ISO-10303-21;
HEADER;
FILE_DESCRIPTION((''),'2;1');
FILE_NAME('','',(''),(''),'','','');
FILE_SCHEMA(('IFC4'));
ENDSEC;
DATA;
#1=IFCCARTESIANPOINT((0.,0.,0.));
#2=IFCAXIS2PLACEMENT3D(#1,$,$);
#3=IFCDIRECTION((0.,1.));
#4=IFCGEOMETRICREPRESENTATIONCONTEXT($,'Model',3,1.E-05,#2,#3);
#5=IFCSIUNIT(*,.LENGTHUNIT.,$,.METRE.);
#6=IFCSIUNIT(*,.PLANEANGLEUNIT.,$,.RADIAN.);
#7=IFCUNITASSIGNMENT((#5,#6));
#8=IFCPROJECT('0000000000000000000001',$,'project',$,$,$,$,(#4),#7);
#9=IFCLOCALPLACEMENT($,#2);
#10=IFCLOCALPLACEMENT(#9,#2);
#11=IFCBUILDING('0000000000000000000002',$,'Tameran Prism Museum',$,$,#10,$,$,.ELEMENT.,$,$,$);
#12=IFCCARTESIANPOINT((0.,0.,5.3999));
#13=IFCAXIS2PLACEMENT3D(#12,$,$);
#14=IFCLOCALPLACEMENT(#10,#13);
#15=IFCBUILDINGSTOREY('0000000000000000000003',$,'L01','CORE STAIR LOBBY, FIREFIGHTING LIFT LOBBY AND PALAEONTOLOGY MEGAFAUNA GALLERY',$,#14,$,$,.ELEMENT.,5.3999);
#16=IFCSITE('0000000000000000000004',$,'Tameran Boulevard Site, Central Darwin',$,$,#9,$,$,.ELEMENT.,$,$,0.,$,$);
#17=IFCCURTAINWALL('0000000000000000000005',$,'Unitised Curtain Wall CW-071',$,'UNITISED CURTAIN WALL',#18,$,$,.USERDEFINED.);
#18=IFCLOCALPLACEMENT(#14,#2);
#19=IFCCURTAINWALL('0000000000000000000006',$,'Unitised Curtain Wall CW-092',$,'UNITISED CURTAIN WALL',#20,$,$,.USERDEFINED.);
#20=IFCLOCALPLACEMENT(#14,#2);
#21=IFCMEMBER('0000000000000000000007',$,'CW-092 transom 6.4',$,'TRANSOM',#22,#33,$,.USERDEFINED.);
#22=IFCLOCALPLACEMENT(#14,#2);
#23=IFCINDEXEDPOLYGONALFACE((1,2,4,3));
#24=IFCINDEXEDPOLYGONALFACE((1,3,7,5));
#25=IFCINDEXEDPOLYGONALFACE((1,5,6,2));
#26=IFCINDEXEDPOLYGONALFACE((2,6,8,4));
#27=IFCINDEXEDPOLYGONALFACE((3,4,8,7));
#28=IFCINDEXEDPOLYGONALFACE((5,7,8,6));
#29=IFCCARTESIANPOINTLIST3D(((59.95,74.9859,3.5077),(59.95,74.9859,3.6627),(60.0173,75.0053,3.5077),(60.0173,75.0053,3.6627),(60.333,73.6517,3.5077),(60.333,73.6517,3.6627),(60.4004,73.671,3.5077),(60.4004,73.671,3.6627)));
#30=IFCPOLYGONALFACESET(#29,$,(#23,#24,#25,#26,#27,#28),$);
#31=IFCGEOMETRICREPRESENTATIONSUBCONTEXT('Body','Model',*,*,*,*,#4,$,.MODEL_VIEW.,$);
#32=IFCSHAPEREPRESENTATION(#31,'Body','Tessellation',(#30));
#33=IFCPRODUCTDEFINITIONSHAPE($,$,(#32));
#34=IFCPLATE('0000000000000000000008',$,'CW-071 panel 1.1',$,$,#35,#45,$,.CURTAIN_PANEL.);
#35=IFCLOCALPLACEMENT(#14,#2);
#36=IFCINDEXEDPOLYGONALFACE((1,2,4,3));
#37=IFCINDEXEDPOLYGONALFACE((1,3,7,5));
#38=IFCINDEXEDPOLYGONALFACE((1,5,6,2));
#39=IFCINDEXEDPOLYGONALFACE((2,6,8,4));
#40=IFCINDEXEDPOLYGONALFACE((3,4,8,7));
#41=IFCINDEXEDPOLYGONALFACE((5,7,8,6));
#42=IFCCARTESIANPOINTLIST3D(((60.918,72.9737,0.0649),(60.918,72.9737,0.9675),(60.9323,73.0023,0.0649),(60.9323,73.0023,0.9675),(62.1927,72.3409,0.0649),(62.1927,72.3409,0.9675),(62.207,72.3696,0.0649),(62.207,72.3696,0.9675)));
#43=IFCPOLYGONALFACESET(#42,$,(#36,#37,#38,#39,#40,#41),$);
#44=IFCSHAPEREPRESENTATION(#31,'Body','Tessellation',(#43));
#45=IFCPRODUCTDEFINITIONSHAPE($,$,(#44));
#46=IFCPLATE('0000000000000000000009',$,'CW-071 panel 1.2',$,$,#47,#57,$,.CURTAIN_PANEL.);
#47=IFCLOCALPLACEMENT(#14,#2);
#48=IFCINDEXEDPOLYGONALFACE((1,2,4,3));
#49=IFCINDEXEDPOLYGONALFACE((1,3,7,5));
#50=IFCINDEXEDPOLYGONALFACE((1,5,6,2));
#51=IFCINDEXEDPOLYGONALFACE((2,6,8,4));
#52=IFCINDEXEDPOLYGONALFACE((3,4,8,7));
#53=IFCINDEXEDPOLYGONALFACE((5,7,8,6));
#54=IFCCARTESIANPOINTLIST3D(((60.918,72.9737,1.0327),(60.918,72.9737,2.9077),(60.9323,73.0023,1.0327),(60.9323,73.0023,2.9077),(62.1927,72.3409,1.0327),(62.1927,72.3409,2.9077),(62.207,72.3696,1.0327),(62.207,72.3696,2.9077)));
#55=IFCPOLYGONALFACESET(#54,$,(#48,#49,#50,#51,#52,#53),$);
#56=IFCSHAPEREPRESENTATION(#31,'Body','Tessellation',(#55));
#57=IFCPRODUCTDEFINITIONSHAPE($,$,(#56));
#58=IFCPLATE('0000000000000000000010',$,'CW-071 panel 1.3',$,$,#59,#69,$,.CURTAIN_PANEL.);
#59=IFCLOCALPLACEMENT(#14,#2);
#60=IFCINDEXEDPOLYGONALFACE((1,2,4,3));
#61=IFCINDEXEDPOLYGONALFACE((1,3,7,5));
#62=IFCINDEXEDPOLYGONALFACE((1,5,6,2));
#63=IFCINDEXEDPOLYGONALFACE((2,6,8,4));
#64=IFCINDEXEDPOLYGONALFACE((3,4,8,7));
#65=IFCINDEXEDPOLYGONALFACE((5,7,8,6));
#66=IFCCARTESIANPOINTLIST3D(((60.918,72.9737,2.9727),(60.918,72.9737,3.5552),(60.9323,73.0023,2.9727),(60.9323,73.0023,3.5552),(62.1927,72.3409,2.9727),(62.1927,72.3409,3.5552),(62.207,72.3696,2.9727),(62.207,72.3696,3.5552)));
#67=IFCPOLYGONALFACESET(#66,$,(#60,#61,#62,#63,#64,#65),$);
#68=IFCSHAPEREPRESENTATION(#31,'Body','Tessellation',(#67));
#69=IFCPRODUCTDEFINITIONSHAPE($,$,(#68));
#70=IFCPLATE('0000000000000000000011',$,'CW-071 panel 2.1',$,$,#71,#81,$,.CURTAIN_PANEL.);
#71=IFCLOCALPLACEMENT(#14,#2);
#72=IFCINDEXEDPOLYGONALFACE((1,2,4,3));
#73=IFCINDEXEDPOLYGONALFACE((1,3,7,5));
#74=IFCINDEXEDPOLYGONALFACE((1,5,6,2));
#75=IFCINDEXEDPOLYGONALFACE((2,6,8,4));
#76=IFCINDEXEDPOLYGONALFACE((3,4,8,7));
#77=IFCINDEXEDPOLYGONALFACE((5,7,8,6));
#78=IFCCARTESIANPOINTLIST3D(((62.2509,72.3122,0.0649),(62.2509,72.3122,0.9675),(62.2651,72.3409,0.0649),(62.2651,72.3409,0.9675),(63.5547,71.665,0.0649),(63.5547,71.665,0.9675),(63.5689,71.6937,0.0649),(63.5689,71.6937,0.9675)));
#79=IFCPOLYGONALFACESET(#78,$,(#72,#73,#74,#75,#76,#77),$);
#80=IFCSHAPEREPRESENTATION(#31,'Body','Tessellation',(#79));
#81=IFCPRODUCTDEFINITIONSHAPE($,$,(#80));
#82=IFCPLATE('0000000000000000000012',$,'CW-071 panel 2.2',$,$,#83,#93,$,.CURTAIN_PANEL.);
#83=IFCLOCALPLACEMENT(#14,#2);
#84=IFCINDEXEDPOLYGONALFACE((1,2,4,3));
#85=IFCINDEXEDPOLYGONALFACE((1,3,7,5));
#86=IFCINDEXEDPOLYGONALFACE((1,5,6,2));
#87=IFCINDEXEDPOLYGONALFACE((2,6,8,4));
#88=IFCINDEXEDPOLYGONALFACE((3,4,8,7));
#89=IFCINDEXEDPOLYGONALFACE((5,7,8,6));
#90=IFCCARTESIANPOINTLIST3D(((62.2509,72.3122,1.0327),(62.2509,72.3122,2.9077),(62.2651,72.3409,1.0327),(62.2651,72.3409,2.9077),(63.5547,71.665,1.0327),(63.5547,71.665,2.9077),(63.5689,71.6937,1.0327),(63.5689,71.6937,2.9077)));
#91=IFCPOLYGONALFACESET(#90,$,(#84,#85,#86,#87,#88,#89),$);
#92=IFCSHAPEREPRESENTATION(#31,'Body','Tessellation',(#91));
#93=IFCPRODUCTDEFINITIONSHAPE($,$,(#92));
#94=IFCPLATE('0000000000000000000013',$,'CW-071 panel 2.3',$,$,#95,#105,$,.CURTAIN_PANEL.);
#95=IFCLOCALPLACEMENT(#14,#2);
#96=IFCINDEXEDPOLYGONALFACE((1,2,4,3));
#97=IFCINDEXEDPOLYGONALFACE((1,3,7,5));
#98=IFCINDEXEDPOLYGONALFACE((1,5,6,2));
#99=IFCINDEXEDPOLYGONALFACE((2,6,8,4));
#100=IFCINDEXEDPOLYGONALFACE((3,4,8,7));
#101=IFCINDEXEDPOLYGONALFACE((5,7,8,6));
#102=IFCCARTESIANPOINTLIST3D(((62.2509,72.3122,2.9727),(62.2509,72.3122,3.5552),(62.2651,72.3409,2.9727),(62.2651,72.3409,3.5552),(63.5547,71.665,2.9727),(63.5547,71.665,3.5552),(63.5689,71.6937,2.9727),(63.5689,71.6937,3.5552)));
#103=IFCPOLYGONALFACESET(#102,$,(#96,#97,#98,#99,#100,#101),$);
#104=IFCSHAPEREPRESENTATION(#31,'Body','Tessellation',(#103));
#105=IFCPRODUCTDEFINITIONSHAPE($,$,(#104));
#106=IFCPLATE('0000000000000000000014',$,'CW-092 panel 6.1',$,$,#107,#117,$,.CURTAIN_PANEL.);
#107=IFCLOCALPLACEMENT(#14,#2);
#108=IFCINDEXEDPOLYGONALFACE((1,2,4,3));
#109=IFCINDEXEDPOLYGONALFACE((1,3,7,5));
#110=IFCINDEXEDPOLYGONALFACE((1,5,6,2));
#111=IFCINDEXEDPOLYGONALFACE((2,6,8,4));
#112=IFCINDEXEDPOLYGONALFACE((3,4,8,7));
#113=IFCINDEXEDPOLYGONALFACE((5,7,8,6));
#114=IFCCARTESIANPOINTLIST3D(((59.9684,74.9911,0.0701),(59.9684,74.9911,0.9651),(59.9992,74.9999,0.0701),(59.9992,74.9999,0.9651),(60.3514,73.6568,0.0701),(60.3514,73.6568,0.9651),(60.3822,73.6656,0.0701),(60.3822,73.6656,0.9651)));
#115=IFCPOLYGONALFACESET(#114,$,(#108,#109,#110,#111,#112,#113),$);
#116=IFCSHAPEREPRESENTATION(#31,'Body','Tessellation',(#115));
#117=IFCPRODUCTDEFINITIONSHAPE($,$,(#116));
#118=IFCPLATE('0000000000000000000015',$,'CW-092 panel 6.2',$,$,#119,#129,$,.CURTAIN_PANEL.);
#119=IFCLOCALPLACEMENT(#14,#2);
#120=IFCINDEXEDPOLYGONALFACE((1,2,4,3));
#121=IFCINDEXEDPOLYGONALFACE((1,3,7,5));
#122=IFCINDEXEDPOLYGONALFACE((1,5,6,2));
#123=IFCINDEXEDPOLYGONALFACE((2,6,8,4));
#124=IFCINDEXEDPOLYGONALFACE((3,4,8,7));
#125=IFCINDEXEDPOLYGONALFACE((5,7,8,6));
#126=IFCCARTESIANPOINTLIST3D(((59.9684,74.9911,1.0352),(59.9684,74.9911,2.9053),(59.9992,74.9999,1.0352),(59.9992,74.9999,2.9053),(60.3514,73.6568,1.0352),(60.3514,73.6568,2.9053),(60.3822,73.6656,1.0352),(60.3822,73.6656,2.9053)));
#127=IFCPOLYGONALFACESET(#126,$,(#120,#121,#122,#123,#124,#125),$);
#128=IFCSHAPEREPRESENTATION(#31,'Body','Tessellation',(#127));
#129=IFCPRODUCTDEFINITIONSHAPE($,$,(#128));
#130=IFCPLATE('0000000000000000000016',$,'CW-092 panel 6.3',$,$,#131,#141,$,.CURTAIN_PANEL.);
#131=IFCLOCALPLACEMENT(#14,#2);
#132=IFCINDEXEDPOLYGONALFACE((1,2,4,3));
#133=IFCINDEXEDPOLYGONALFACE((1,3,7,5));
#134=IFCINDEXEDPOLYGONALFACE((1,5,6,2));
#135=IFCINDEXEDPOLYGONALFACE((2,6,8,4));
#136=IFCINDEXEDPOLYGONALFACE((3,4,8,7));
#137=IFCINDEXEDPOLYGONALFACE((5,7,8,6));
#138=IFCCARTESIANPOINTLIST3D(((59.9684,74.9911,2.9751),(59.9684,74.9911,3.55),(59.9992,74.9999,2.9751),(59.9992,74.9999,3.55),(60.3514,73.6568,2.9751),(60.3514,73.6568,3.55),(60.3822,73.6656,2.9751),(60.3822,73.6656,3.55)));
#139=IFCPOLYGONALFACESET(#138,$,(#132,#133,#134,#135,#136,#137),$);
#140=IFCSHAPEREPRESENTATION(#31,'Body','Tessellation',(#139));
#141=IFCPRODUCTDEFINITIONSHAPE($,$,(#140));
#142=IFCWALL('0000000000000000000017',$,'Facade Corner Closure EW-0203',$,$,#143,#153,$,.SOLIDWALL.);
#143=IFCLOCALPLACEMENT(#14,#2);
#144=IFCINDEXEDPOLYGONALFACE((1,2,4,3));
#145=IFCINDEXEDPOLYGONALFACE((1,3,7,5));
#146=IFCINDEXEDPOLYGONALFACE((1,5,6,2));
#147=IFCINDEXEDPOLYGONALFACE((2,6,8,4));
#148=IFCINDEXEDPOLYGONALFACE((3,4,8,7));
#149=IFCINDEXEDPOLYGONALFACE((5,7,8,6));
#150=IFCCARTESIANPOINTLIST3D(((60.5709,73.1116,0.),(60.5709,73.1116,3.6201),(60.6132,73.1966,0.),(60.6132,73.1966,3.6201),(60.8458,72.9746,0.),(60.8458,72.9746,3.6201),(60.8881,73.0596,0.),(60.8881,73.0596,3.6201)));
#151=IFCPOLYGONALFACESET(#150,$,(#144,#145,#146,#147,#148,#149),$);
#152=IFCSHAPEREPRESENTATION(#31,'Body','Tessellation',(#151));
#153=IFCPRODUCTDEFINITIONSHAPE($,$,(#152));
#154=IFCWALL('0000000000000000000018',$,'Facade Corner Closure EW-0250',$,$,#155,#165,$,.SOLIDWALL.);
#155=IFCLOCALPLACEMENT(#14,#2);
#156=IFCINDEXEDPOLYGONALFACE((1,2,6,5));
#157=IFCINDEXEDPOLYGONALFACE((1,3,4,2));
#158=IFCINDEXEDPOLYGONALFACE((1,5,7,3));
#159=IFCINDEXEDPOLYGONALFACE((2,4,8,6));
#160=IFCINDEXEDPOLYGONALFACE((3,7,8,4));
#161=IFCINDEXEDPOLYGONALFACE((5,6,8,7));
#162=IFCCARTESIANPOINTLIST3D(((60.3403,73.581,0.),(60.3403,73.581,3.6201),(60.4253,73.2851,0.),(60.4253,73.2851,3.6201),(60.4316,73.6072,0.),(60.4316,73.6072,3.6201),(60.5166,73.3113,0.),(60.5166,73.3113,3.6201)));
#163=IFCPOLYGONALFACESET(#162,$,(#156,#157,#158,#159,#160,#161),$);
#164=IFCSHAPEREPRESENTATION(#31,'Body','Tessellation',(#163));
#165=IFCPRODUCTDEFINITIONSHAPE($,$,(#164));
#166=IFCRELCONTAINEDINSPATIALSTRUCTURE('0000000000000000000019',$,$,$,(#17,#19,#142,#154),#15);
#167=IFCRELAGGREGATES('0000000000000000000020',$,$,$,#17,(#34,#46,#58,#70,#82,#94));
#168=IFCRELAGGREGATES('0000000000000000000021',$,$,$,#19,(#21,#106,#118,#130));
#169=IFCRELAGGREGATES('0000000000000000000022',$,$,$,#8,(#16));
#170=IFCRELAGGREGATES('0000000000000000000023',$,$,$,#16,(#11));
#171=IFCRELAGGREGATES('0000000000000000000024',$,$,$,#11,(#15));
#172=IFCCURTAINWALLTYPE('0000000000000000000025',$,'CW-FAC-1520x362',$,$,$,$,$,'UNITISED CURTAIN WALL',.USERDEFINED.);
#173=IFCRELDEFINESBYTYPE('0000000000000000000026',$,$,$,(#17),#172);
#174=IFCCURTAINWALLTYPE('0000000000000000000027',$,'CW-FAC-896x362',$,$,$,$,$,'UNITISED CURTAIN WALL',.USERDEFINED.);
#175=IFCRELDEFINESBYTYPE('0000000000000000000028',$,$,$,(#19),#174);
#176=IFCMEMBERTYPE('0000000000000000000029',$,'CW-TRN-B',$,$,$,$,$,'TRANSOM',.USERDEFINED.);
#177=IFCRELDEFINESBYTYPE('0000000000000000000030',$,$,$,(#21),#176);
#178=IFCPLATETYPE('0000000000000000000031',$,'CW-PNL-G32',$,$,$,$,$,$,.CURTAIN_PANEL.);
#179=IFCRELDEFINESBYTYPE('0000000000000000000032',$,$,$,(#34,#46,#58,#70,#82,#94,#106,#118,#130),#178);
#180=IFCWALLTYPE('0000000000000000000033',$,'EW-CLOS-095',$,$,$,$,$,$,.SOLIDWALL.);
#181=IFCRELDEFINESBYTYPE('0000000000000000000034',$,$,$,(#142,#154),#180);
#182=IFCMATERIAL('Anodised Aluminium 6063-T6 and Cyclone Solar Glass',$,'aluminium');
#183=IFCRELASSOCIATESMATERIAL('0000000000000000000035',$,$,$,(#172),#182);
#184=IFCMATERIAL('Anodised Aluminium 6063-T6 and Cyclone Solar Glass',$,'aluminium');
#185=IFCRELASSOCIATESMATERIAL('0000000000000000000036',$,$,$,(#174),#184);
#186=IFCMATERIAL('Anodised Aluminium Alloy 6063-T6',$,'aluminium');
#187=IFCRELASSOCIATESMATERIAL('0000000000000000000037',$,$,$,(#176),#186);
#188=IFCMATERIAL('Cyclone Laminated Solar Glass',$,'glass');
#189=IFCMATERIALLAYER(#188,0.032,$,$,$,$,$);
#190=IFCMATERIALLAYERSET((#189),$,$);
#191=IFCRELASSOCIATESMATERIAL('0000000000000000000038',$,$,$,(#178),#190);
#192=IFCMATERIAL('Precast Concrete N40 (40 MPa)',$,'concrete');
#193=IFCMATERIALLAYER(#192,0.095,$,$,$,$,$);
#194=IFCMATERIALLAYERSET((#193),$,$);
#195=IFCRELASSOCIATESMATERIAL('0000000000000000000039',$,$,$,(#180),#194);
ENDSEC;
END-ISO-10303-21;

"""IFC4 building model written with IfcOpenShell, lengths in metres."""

from ifc_helpers import new_model, si_unit, direction, frame, frame_2d, origin, origin_2d, place, context, subcontext, project, spatial, rectangle, extrude, material, layer, layer_set, material_profile, profile_set, type_object, element, aggregate, save


model = new_model("IFC4")

# Units and contexts
model_context = context("Model", 3, precision=1e-05, world=origin(), true_north=direction((0.0, 1.0)))
body_context = subcontext(model_context, "Body", "Model", "MODEL_VIEW")
ifc_project = project(units=[si_unit("LENGTHUNIT", "METRE"), si_unit("PLANEANGLEUNIT", "RADIAN")], contexts=[model_context])

# Site, building, storey
site_placement = place(None, origin())
site = spatial("IfcSite", under=ifc_project, at=site_placement, Name="Tameran Boulevard Site, Central Darwin", CompositionType="ELEMENT", RefElevation=0.0)
building_placement = place(site_placement, origin())
building = spatial("IfcBuilding", under=site, at=building_placement, Name="Tameran Prism Museum", CompositionType="ELEMENT")
storey_placement = place(building_placement, frame((0.0, 0.0, 5.3999)))
storey = spatial("IfcBuildingStorey", under=building, at=storey_placement, Name="L01", Description="CORE STAIR LOBBY, FIREFIGHTING LIFT LOBBY AND PALAEONTOLOGY MEGAFAUNA GALLERY", CompositionType="ELEMENT", Elevation=5.3999)

# Curtain wall
ifc_material_1 = material(Name="Anodised Aluminium 6063-T6 and Cyclone Solar Glass", Category="aluminium")
curtain_wall_type_1 = type_object("IfcCurtainWallType", Name="CW-FAC-1520x362", ElementType="UNITISED CURTAIN WALL", PredefinedType="USERDEFINED", material=ifc_material_1)
curtain_wall_1_placement = place(storey_placement, origin())
curtain_wall_1 = element("IfcCurtainWall", 1, at=curtain_wall_1_placement, inside=storey, type_object=curtain_wall_type_1, Name="Unitised Curtain Wall CW-071", ObjectType="UNITISED CURTAIN WALL", PredefinedType="USERDEFINED")

# Curtain wall
ifc_material_2 = material(Name="Anodised Aluminium 6063-T6 and Cyclone Solar Glass", Category="aluminium")
curtain_wall_type_2 = type_object("IfcCurtainWallType", Name="CW-FAC-896x362", ElementType="UNITISED CURTAIN WALL", PredefinedType="USERDEFINED", material=ifc_material_2)
curtain_wall_2_placement = place(storey_placement, origin())
curtain_wall_2 = element("IfcCurtainWall", 2, at=curtain_wall_2_placement, inside=storey, type_object=curtain_wall_type_2, Name="Unitised Curtain Wall CW-092", ObjectType="UNITISED CURTAIN WALL", PredefinedType="USERDEFINED")

# Member
ifc_material_3 = material(Name="Anodised Aluminium Alloy 6063-T6", Category="aluminium")
ifc_material_profile_1 = material_profile(ifc_material_3, rectangle(XDim=0.0701, YDim=0.155, at=origin_2d()))
ifc_profile_set_1 = profile_set([ifc_material_profile_1])
member_type_1 = type_object("IfcMemberType", Name="CW-TRN-B", ElementType="TRANSOM", PredefinedType="USERDEFINED", material=ifc_profile_set_1)
member_1_placement = place(storey_placement, frame((59.9836, 74.9956, 3.5852), z_axis=(0.275952, -0.961171, 0.0), x_axis=(0.961171, 0.275952, 0.0)))
member_1 = element("IfcMember", 3, at=member_1_placement, type_object=member_type_1, Name="CW-092 transom 6.4", ObjectType="TRANSOM", PredefinedType="USERDEFINED", context=body_context, shape_type="SweptSolid", body=[
    extrude(rectangle(XDim=0.0701, YDim=0.155, at=origin_2d()), origin(), (0.0, 0.0, 1.0), 1.3882),
])

# Plates
ifc_material_4 = material(Name="Cyclone Laminated Solar Glass", Category="glass")
ifc_layer_1 = layer(ifc_material_4, 0.032)
ifc_layer_set_1 = layer_set([ifc_layer_1])
plate_type = type_object("IfcPlateType", Name="CW-PNL-G32", PredefinedType="CURTAIN_PANEL", material=ifc_layer_set_1)
plate_1_placement = place(storey_placement, frame((61.5625, 72.6716, 0.0649), z_axis=(0.0, 0.0, 1.0), x_axis=(0.895712, -0.444634, 0.0)))
plate_1 = element("IfcPlate", 4, at=plate_1_placement, type_object=plate_type, Name="CW-071 panel 1.1", PredefinedType="CURTAIN_PANEL", context=body_context, shape_type="SweptSolid", body=[
    extrude(rectangle(XDim=1.4231, YDim=0.032, at=origin_2d()), origin(), (0.0, 0.0, 1.0), 0.9026),
])
plate_2_placement = place(storey_placement, frame((61.5625, 72.6716, 1.0327), z_axis=(0.0, 0.0, 1.0), x_axis=(0.895712, -0.444634, 0.0)))
plate_2 = element("IfcPlate", 5, at=plate_2_placement, type_object=plate_type, Name="CW-071 panel 1.2", PredefinedType="CURTAIN_PANEL", context=body_context, shape_type="SweptSolid", body=[
    extrude(rectangle(XDim=1.4231, YDim=0.032, at=origin_2d()), origin(), (0.0, 0.0, 1.0), 1.875),
])
plate_3_placement = place(storey_placement, frame((61.5625, 72.6716, 2.9727), z_axis=(0.0, 0.0, 1.0), x_axis=(0.895712, -0.444634, 0.0)))
plate_3 = element("IfcPlate", 6, at=plate_3_placement, type_object=plate_type, Name="CW-071 panel 1.3", PredefinedType="CURTAIN_PANEL", context=body_context, shape_type="SweptSolid", body=[
    extrude(rectangle(XDim=1.4231, YDim=0.032, at=origin_2d()), origin(), (0.0, 0.0, 1.0), 0.5825),
])
plate_4_placement = place(storey_placement, frame((62.9099, 72.0029, 0.0649), z_axis=(0.0, 0.0, 1.0), x_axis=(0.895712, -0.444634, 0.0)))
plate_4 = element("IfcPlate", 7, at=plate_4_placement, type_object=plate_type, Name="CW-071 panel 2.1", PredefinedType="CURTAIN_PANEL", context=body_context, shape_type="SweptSolid", body=[
    extrude(rectangle(XDim=1.4556, YDim=0.032, at=origin_2d()), origin(), (0.0, 0.0, 1.0), 0.9026),
])
plate_5_placement = place(storey_placement, frame((62.9099, 72.0029, 1.0327), z_axis=(0.0, 0.0, 1.0), x_axis=(0.895712, -0.444634, 0.0)))
plate_5 = element("IfcPlate", 8, at=plate_5_placement, type_object=plate_type, Name="CW-071 panel 2.2", PredefinedType="CURTAIN_PANEL", context=body_context, shape_type="SweptSolid", body=[
    extrude(rectangle(XDim=1.4556, YDim=0.032, at=origin_2d()), origin(), (0.0, 0.0, 1.0), 1.875),
])
plate_6_placement = place(storey_placement, frame((62.9099, 72.0029, 2.9727), z_axis=(0.0, 0.0, 1.0), x_axis=(0.895712, -0.444634, 0.0)))
plate_6 = element("IfcPlate", 9, at=plate_6_placement, type_object=plate_type, Name="CW-071 panel 2.3", PredefinedType="CURTAIN_PANEL", context=body_context, shape_type="SweptSolid", body=[
    extrude(rectangle(XDim=1.4556, YDim=0.032, at=origin_2d()), origin(), (0.0, 0.0, 1.0), 0.5825),
])
aggregate(curtain_wall_1, [plate_1, plate_2, plate_3, plate_4, plate_5, plate_6])
plate_7_placement = place(storey_placement, frame((60.1753, 74.3284, 0.0701), z_axis=(0.0, 0.0, 1.0), x_axis=(0.2759, -0.961186, 0.0)))
plate_7 = element("IfcPlate", 10, at=plate_7_placement, type_object=plate_type, Name="CW-092 panel 6.1", PredefinedType="CURTAIN_PANEL", context=body_context, shape_type="SweptSolid", body=[
    extrude(rectangle(XDim=1.3882, YDim=0.032, at=origin_2d()), origin(), (0.0, 0.0, 1.0), 0.895),
])
plate_8_placement = place(storey_placement, frame((60.1753, 74.3284, 1.0352), z_axis=(0.0, 0.0, 1.0), x_axis=(0.2759, -0.961186, 0.0)))
plate_8 = element("IfcPlate", 11, at=plate_8_placement, type_object=plate_type, Name="CW-092 panel 6.2", PredefinedType="CURTAIN_PANEL", context=body_context, shape_type="SweptSolid", body=[
    extrude(rectangle(XDim=1.3882, YDim=0.032, at=origin_2d()), origin(), (0.0, 0.0, 1.0), 1.8701),
])
plate_9_placement = place(storey_placement, frame((60.1753, 74.3284, 2.9751), z_axis=(0.0, 0.0, 1.0), x_axis=(0.2759, -0.961186, 0.0)))
plate_9 = element("IfcPlate", 12, at=plate_9_placement, type_object=plate_type, Name="CW-092 panel 6.3", PredefinedType="CURTAIN_PANEL", context=body_context, shape_type="SweptSolid", body=[
    extrude(rectangle(XDim=1.3882, YDim=0.032, at=origin_2d()), origin(), (0.0, 0.0, 1.0), 0.575),
])
aggregate(curtain_wall_2, [member_1, plate_7, plate_8, plate_9])

# Walls
ifc_material_5 = material(Name="Precast Concrete N40 (40 MPa)", Category="concrete")
ifc_layer_2 = layer(ifc_material_5, 0.095)
ifc_layer_set_2 = layer_set([ifc_layer_2])
wall_type_1 = type_object("IfcWallType", Name="EW-CLOS-095", PredefinedType="SOLIDWALL", material=ifc_layer_set_2)
wall_1_placement = place(storey_placement, frame((60.592, 73.1541, 0.0), z_axis=(0.0, 0.0, 1.0), x_axis=(0.895062, -0.445941, 0.0)))
element("IfcWall", 13, at=wall_1_placement, inside=storey, type_object=wall_type_1, Name="Facade Corner Closure EW-0203", PredefinedType="SOLIDWALL", context=body_context, shape_type="SweptSolid", body=[
    extrude(rectangle(XDim=0.3071, YDim=0.095, at=frame_2d((0.1536, 0.0))), origin(), (0.0, 0.0, 1.0), 3.6201),
])
wall_2_placement = place(storey_placement, frame((60.386, 73.594, 0.0), z_axis=(0.0, 0.0, 1.0), x_axis=(0.275978, -0.961164, 0.0)))
element("IfcWall", 14, at=wall_2_placement, inside=storey, type_object=wall_type_1, Name="Facade Corner Closure EW-0250", PredefinedType="SOLIDWALL", context=body_context, shape_type="SweptSolid", body=[
    extrude(rectangle(XDim=0.3079, YDim=0.095, at=frame_2d((0.1538, 0.0))), origin(), (0.0, 0.0, 1.0), 3.6201),
])

save(model, "model.ifc")
